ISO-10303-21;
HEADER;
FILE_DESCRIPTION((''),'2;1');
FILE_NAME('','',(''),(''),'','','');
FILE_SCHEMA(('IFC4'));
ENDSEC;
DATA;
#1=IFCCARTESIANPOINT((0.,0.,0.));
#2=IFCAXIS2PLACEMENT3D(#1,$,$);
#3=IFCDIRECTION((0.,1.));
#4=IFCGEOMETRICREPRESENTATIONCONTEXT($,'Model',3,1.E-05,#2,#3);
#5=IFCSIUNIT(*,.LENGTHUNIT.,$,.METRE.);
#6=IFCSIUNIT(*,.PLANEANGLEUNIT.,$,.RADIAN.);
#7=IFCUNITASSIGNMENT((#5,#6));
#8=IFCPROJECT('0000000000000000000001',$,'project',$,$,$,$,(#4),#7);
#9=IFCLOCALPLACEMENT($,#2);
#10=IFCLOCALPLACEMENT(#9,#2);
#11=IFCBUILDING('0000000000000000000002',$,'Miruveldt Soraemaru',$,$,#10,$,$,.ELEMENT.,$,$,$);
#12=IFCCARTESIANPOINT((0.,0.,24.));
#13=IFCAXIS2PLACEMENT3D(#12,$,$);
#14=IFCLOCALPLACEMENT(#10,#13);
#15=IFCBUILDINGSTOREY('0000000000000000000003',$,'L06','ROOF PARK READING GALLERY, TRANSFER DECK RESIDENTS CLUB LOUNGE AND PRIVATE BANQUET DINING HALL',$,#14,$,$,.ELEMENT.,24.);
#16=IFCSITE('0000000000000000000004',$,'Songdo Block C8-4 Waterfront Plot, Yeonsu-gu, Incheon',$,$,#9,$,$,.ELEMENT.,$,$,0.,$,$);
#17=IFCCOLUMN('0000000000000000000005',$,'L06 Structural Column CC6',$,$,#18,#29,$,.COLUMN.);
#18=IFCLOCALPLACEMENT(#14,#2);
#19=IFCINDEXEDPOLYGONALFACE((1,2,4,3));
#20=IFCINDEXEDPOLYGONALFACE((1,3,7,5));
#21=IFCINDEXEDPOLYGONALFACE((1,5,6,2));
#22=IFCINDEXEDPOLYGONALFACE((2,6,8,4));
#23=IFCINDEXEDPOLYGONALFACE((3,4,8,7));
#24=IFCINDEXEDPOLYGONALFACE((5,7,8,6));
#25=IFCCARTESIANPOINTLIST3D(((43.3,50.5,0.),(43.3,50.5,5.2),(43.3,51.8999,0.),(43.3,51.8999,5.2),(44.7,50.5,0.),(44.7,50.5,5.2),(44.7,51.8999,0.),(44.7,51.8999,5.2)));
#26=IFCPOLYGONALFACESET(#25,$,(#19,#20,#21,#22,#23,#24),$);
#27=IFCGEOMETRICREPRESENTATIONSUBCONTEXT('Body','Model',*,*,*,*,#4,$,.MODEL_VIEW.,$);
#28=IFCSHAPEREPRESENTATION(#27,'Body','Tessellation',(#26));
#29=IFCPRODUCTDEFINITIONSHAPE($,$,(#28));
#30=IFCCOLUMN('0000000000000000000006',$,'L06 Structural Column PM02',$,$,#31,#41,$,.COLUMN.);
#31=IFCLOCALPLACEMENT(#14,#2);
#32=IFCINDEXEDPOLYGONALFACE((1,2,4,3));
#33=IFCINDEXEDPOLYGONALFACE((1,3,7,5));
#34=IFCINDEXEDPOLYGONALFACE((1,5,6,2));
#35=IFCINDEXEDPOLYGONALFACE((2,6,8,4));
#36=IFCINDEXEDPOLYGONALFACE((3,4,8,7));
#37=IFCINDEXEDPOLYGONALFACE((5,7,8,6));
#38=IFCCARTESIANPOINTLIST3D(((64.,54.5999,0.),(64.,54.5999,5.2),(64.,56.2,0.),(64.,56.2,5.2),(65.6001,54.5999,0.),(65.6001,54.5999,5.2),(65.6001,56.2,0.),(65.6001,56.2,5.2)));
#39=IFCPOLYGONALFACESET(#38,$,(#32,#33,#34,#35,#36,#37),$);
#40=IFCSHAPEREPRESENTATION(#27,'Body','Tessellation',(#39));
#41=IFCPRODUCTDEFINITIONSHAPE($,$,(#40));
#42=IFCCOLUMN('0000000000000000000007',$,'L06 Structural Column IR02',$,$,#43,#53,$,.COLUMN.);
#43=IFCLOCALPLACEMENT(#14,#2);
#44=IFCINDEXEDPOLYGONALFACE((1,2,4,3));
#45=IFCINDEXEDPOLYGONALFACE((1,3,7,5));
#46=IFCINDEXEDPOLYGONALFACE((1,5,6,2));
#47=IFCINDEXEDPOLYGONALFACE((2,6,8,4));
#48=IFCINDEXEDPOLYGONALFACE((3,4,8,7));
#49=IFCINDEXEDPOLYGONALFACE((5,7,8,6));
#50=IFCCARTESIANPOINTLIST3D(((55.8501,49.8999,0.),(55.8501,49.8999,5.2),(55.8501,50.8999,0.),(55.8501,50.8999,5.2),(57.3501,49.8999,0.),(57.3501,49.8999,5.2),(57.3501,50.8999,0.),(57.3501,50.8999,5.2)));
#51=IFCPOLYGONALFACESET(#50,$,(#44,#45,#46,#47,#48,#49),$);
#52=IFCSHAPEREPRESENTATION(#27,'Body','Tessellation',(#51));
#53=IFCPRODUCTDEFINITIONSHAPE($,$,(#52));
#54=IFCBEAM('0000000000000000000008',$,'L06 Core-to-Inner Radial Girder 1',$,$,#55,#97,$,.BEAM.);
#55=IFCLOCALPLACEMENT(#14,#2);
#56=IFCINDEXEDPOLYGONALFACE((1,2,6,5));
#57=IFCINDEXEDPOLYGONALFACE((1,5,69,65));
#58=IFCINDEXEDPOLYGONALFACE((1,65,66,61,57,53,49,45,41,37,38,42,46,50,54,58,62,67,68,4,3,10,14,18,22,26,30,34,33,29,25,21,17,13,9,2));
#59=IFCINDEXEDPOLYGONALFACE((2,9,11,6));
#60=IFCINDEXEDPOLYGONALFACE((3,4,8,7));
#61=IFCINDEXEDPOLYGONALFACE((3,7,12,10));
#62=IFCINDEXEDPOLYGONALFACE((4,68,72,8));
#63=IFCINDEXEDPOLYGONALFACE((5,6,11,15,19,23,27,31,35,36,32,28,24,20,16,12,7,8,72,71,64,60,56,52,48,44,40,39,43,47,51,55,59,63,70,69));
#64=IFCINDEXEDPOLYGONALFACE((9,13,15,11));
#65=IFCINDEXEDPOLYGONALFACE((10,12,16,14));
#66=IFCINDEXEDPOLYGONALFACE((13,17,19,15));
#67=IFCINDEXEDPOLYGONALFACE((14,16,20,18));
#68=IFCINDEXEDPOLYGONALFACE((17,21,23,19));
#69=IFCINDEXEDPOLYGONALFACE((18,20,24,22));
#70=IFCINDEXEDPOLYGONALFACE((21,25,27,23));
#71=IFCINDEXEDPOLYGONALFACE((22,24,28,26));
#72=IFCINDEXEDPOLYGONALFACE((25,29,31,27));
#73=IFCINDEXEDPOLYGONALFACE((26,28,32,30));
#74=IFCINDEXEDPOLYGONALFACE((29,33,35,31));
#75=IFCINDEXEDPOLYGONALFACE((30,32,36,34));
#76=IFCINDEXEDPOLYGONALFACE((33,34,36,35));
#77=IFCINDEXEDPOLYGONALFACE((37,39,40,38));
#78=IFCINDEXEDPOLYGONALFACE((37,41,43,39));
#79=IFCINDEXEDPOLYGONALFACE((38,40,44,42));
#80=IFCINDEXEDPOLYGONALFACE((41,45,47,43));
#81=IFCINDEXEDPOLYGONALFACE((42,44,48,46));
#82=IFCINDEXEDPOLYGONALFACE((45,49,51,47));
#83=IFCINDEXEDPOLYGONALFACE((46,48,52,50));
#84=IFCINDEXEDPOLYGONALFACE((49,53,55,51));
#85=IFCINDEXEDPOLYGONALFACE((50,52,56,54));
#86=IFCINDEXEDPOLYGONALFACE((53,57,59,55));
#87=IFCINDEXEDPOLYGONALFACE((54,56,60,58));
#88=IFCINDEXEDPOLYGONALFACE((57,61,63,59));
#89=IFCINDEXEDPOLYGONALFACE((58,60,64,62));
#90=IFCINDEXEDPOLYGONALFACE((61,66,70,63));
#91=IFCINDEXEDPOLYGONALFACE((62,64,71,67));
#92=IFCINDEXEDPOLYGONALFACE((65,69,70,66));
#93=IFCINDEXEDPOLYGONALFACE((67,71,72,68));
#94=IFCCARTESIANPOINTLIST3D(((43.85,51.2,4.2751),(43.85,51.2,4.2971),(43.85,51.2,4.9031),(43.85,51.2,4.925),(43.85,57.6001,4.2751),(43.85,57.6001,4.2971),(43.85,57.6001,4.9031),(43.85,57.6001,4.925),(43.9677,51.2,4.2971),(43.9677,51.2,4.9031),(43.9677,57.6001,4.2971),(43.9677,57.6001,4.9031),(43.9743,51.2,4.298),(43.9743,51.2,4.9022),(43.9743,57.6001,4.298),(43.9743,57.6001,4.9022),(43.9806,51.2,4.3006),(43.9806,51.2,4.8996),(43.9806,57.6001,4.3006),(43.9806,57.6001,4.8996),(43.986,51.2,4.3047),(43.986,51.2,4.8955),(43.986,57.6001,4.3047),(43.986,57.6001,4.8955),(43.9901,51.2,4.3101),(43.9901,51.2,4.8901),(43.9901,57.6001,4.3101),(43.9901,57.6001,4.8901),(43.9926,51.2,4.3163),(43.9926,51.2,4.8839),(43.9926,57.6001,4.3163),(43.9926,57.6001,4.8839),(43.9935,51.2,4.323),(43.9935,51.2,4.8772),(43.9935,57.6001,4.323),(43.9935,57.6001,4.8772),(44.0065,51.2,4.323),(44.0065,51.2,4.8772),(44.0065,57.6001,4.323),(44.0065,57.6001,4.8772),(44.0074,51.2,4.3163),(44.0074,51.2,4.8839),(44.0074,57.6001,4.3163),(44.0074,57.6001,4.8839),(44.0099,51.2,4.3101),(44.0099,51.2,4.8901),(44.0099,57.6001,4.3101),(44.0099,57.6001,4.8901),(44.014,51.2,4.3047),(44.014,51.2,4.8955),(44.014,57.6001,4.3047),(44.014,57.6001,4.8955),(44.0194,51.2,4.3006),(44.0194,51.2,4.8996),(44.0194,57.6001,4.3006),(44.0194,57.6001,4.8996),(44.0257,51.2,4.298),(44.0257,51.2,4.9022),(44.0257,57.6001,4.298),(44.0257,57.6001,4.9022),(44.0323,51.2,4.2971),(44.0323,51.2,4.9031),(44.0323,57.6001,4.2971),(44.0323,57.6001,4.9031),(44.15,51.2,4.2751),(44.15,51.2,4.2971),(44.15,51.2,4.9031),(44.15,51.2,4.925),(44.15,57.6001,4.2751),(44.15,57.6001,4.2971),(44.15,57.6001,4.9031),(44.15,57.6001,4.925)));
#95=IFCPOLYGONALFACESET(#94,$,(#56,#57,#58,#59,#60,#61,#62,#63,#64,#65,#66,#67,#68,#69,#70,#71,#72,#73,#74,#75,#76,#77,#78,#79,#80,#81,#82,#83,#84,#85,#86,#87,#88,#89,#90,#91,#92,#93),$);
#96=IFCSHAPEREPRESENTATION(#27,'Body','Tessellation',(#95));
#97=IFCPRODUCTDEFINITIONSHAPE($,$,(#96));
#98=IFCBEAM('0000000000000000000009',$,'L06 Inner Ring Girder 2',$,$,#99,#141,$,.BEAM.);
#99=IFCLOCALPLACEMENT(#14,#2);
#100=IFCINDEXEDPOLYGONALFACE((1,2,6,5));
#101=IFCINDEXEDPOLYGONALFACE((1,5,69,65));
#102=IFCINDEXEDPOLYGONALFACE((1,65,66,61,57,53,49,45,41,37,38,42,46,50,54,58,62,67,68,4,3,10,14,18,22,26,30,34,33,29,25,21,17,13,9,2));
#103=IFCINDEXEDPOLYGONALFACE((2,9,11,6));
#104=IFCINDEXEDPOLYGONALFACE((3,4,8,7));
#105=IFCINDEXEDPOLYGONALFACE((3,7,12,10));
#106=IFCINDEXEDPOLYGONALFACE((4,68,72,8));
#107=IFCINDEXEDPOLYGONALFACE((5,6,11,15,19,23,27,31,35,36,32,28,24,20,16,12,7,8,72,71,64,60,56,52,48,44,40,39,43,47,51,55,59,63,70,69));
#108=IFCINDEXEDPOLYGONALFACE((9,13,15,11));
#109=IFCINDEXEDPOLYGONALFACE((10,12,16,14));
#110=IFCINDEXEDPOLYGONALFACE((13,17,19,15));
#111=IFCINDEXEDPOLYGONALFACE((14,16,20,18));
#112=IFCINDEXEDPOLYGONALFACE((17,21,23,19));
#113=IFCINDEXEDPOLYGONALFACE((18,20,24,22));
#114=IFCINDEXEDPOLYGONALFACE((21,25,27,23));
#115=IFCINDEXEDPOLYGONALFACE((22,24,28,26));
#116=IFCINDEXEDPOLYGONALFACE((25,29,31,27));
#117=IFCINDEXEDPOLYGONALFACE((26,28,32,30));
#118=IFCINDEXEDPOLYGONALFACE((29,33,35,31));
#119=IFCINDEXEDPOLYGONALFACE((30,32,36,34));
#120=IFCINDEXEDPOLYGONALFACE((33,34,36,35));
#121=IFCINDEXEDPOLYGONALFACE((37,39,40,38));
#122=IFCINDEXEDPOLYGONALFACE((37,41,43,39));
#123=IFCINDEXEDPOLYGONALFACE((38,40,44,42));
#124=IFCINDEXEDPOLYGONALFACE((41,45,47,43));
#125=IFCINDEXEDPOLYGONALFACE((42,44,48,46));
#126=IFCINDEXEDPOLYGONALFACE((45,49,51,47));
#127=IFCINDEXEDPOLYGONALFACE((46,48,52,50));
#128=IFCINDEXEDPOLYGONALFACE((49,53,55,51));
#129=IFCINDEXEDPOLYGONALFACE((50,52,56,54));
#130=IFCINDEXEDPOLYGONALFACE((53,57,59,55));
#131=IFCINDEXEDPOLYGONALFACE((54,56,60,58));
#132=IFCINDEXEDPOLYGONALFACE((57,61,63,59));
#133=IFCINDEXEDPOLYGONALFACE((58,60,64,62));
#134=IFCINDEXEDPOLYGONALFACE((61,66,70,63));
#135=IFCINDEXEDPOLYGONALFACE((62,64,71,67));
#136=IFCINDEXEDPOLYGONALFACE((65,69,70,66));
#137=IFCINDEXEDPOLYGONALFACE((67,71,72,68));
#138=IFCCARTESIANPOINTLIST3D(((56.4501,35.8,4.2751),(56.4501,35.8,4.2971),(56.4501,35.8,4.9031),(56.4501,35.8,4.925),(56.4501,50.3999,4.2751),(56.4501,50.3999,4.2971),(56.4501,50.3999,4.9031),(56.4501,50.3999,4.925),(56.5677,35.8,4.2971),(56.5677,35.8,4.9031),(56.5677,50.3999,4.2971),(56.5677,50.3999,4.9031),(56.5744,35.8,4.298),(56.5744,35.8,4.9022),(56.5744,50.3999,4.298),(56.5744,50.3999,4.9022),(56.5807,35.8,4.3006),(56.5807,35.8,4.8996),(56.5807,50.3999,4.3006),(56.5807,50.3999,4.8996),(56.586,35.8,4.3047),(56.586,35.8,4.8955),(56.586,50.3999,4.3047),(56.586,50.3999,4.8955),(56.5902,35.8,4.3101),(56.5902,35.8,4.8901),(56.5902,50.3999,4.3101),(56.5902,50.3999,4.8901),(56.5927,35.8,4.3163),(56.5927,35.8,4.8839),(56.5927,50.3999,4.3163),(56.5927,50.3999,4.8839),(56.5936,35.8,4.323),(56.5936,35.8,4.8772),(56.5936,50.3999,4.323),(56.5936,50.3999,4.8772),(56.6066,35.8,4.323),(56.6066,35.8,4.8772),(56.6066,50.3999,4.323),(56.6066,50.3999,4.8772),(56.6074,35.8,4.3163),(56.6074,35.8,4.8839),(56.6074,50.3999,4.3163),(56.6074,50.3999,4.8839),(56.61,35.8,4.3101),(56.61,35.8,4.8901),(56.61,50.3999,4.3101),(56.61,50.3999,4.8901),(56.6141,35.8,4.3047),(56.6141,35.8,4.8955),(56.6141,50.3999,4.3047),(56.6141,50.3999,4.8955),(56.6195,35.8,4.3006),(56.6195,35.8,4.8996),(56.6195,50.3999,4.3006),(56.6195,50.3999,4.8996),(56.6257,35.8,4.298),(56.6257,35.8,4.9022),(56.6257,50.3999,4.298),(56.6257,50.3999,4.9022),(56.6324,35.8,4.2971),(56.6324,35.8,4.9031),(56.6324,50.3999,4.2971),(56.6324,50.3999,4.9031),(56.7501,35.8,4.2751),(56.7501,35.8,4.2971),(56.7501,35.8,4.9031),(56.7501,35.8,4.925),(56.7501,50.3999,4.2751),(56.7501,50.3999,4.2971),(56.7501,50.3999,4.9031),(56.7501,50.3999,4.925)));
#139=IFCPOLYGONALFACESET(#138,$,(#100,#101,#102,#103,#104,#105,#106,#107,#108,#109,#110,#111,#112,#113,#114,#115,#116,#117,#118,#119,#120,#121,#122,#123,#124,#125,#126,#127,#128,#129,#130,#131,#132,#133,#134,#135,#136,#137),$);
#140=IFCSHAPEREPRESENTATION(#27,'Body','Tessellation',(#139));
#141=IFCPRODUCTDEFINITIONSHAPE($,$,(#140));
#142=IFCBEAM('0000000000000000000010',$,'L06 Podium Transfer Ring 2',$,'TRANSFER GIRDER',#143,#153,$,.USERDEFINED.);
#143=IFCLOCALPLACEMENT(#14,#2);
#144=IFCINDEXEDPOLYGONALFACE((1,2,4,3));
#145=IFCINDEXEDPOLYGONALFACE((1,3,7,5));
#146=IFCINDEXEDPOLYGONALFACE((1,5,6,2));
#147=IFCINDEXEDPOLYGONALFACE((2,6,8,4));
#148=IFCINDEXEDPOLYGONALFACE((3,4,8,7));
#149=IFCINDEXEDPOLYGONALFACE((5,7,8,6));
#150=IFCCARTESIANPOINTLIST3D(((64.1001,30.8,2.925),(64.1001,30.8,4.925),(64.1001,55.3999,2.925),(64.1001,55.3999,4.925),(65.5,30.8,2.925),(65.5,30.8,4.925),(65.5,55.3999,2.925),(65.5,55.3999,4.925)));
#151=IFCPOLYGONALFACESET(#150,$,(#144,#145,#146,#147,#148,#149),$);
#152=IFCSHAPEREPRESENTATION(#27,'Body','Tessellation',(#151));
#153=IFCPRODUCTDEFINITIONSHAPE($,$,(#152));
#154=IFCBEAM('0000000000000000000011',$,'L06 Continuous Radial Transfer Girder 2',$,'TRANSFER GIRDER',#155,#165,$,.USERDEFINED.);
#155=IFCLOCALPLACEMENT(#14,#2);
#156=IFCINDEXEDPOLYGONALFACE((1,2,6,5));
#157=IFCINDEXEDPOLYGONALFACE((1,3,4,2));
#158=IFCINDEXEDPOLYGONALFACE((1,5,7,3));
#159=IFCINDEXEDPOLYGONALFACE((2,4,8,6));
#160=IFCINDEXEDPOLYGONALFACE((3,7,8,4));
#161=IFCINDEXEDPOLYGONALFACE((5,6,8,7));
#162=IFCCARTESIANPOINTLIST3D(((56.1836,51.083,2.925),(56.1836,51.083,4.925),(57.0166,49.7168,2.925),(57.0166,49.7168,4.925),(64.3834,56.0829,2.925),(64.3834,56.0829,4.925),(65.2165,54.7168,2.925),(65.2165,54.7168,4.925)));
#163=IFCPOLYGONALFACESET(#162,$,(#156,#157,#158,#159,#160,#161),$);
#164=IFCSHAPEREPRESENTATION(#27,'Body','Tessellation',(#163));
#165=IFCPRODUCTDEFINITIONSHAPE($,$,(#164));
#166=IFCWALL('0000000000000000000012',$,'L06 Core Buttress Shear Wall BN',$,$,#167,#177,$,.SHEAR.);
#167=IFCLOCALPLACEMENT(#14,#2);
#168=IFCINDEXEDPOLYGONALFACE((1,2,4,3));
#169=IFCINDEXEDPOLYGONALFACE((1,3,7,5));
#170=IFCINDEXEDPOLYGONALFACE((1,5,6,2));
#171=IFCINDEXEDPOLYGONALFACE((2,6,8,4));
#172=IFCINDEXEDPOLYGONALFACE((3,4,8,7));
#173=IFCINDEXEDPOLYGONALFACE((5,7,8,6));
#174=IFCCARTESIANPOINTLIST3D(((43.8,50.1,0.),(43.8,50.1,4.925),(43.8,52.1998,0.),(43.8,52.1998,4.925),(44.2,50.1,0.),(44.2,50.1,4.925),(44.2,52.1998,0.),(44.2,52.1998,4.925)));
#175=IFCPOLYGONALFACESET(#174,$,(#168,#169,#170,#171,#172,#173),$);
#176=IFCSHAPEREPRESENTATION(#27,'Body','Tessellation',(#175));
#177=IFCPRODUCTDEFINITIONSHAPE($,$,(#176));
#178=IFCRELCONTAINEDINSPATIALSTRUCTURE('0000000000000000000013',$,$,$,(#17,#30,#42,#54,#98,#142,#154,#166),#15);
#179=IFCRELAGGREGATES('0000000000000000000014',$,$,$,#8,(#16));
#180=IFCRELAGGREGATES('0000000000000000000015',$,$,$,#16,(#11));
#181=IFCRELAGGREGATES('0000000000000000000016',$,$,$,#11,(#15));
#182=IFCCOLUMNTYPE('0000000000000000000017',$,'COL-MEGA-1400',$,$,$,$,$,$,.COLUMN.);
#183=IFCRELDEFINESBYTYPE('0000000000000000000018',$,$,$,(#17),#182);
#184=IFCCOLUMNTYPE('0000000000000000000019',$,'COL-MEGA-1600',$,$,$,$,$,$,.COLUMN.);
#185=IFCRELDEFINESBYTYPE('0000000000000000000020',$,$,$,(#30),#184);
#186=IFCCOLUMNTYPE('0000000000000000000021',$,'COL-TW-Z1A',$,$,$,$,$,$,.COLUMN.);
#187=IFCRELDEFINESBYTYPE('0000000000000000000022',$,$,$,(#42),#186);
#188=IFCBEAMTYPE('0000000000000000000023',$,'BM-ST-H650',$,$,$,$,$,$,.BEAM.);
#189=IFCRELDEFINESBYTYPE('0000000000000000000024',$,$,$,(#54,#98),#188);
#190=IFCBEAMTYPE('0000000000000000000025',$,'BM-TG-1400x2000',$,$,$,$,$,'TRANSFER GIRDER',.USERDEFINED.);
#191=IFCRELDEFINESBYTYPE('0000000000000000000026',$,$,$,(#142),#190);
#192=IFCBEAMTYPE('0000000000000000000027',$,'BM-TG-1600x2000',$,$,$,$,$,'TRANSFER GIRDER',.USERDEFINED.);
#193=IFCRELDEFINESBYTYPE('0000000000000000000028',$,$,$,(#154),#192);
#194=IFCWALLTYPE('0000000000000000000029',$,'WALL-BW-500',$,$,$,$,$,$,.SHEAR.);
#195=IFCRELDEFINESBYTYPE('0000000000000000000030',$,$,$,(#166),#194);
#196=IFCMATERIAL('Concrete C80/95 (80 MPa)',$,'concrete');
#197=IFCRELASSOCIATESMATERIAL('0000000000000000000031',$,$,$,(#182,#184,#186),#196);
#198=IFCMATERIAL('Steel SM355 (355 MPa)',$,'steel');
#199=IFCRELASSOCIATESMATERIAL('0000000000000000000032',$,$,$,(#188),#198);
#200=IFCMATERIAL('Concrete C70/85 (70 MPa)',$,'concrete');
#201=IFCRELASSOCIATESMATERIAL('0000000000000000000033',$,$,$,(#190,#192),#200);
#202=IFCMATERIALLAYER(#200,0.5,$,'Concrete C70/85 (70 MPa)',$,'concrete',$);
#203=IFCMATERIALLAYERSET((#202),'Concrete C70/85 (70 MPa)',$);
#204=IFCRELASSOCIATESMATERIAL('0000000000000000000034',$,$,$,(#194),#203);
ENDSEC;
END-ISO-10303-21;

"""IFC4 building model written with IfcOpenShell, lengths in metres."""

from ifc_helpers import new_model, si_unit, direction, frame, frame_2d, origin, origin_2d, place, context, subcontext, project, spatial, rectangle, i_section, extrude, material, layer, layer_set, material_profile, profile_set, type_object, element, save


model = new_model("IFC4")

# Units and contexts
model_context = context("Model", 3, precision=1e-05, world=origin(), true_north=direction((0.0, 1.0)))
body_context = subcontext(model_context, "Body", "Model", "MODEL_VIEW")
ifc_project = project(units=[si_unit("LENGTHUNIT", "METRE"), si_unit("PLANEANGLEUNIT", "RADIAN")], contexts=[model_context])

# Site, building, storey
site_placement = place(None, origin())
site = spatial("IfcSite", under=ifc_project, at=site_placement, Name="Songdo Block C8-4 Waterfront Plot, Yeonsu-gu, Incheon", CompositionType="ELEMENT", RefElevation=0.0)
building_placement = place(site_placement, origin())
building = spatial("IfcBuilding", under=site, at=building_placement, Name="Miruveldt Soraemaru", CompositionType="ELEMENT")
storey_placement = place(building_placement, frame((0.0, 0.0, 24.0)))
storey = spatial("IfcBuildingStorey", under=building, at=storey_placement, Name="L06", Description="ROOF PARK READING GALLERY, TRANSFER DECK RESIDENTS CLUB LOUNGE AND PRIVATE BANQUET DINING HALL", CompositionType="ELEMENT", Elevation=24.0)

# Columns
ifc_material_1 = material(Name="Concrete C80/95 (80 MPa)", Category="concrete")
ifc_material_profile_1 = material_profile(ifc_material_1, rectangle(XDim=1.3999, YDim=1.3999, at=origin_2d()), Name="Concrete C80/95 (80 MPa)", Category="concrete")
ifc_profile_set_1 = profile_set([ifc_material_profile_1], Name="Concrete C80/95 (80 MPa)")
column_type_1 = type_object("IfcColumnType", Name="COL-MEGA-1400", PredefinedType="COLUMN", material=ifc_profile_set_1)
column_1_placement = place(storey_placement, frame((44.0, 51.2, 0.0), z_axis=(0.0, 0.0, 1.0), x_axis=(1.0, 0.0, 0.0)))
element("IfcColumn", 1, at=column_1_placement, inside=storey, type_object=column_type_1, Name="L06 Structural Column CC6", PredefinedType="COLUMN", context=body_context, shape_type="SweptSolid", body=[
    extrude(rectangle(XDim=1.3999, YDim=1.3999, at=origin_2d()), origin(), (0.0, 0.0, 1.0), 5.2),
])
ifc_material_profile_2 = material_profile(ifc_material_1, rectangle(XDim=1.6001, YDim=1.6001, at=origin_2d()), Name="Concrete C80/95 (80 MPa)", Category="concrete")
ifc_profile_set_2 = profile_set([ifc_material_profile_2], Name="Concrete C80/95 (80 MPa)")
column_type_2 = type_object("IfcColumnType", Name="COL-MEGA-1600", PredefinedType="COLUMN", material=ifc_profile_set_2)
column_2_placement = place(storey_placement, frame((64.8, 55.3999, 0.0), z_axis=(0.0, 0.0, 1.0), x_axis=(1.0, 0.0, 0.0)))
element("IfcColumn", 2, at=column_2_placement, inside=storey, type_object=column_type_2, Name="L06 Structural Column PM02", PredefinedType="COLUMN", context=body_context, shape_type="SweptSolid", body=[
    extrude(rectangle(XDim=1.6001, YDim=1.6001, at=origin_2d()), origin(), (0.0, 0.0, 1.0), 5.2),
])
ifc_material_profile_3 = material_profile(ifc_material_1, rectangle(XDim=1.5, YDim=1.0, at=origin_2d()), Name="Concrete C80/95 (80 MPa)", Category="concrete")
ifc_profile_set_3 = profile_set([ifc_material_profile_3], Name="Concrete C80/95 (80 MPa)")
column_type_3 = type_object("IfcColumnType", Name="COL-TW-Z1A", PredefinedType="COLUMN", material=ifc_profile_set_3)
column_3_placement = place(storey_placement, frame((56.6001, 50.3999, 0.0), z_axis=(0.0, 0.0, 1.0), x_axis=(1.0, 0.0, 0.0)))
element("IfcColumn", 3, at=column_3_placement, inside=storey, type_object=column_type_3, Name="L06 Structural Column IR02", PredefinedType="COLUMN", context=body_context, shape_type="SweptSolid", body=[
    extrude(rectangle(XDim=1.5, YDim=1.0, at=origin_2d()), origin(), (0.0, 0.0, 1.0), 5.2),
])

# Beams
ifc_material_2 = material(Name="Steel SM355 (355 MPa)", Category="steel")
ifc_material_profile_4 = material_profile(ifc_material_2, i_section(OverallWidth=0.3, OverallDepth=0.6499, WebThickness=0.0129, FlangeThickness=0.022, FilletRadius=0.0259, at=origin_2d()), Name="Steel SM355 (355 MPa)", Category="steel")
ifc_profile_set_4 = profile_set([ifc_material_profile_4], Name="Steel SM355 (355 MPa)")
beam_type_1 = type_object("IfcBeamType", Name="BM-ST-H650", PredefinedType="BEAM", material=ifc_profile_set_4)
beam_1_placement = place(storey_placement, frame((44.0, 51.2, 4.6001), z_axis=(0.0, 1.0, 0.0), x_axis=(-1.0, 0.0, 0.0)))
element("IfcBeam", 4, at=beam_1_placement, inside=storey, type_object=beam_type_1, Name="L06 Core-to-Inner Radial Girder 1", PredefinedType="BEAM", context=body_context, shape_type="SweptSolid", body=[
    extrude(i_section(OverallWidth=0.3, OverallDepth=0.6499, WebThickness=0.0129, FlangeThickness=0.022, FilletRadius=0.0259, at=origin_2d()), origin(), (0.0, 0.0, 1.0), 6.4001),
])
beam_2_placement = place(storey_placement, frame((56.6001, 50.3999, 4.6001), z_axis=(0.0, -1.0, 0.0), x_axis=(1.0, 0.0, 0.0)))
element("IfcBeam", 5, at=beam_2_placement, inside=storey, type_object=beam_type_1, Name="L06 Inner Ring Girder 2", PredefinedType="BEAM", context=body_context, shape_type="SweptSolid", body=[
    extrude(i_section(OverallWidth=0.3, OverallDepth=0.6499, WebThickness=0.0129, FlangeThickness=0.022, FilletRadius=0.0259, at=origin_2d()), origin(), (0.0, 0.0, 1.0), 14.5999),
])
ifc_material_3 = material(Name="Concrete C70/85 (70 MPa)", Category="concrete")
ifc_material_profile_5 = material_profile(ifc_material_3, rectangle(XDim=1.3999, YDim=2.0, at=origin_2d()), Name="Concrete C70/85 (70 MPa)", Category="concrete")
ifc_profile_set_5 = profile_set([ifc_material_profile_5], Name="Concrete C70/85 (70 MPa)")
beam_type_2 = type_object("IfcBeamType", Name="BM-TG-1400x2000", ElementType="TRANSFER GIRDER", PredefinedType="USERDEFINED", material=ifc_profile_set_5)
beam_3_placement = place(storey_placement, frame((64.8, 55.3999, 3.925), z_axis=(0.0, -1.0, 0.0), x_axis=(1.0, 0.0, 0.0)))
element("IfcBeam", 6, at=beam_3_placement, inside=storey, type_object=beam_type_2, Name="L06 Podium Transfer Ring 2", ObjectType="TRANSFER GIRDER", PredefinedType="USERDEFINED", context=body_context, shape_type="SweptSolid", body=[
    extrude(rectangle(XDim=1.3999, YDim=2.0, at=origin_2d()), origin(), (0.0, 0.0, 1.0), 24.5999),
])
ifc_material_profile_6 = material_profile(ifc_material_3, rectangle(XDim=1.6001, YDim=2.0, at=origin_2d()), Name="Concrete C70/85 (70 MPa)", Category="concrete")
ifc_profile_set_6 = profile_set([ifc_material_profile_6], Name="Concrete C70/85 (70 MPa)")
beam_type_3 = type_object("IfcBeamType", Name="BM-TG-1600x2000", ElementType="TRANSFER GIRDER", PredefinedType="USERDEFINED", material=ifc_profile_set_6)
beam_4_placement = place(storey_placement, frame((56.6001, 50.3999, 3.925), z_axis=(0.853795, 0.52061, 0.0), x_axis=(-0.52061, 0.853795, 0.0)))
element("IfcBeam", 7, at=beam_4_placement, inside=storey, type_object=beam_type_3, Name="L06 Continuous Radial Transfer Girder 2", ObjectType="TRANSFER GIRDER", PredefinedType="USERDEFINED", context=body_context, shape_type="SweptSolid", body=[
    extrude(rectangle(XDim=1.6001, YDim=2.0, at=origin_2d()), origin(), (0.0, 0.0, 1.0), 9.604),
])

# Wall
ifc_layer_1 = layer(ifc_material_3, 0.5, Name="Concrete C70/85 (70 MPa)", Category="concrete")
ifc_layer_set_1 = layer_set([ifc_layer_1], Name="Concrete C70/85 (70 MPa)")
wall_type_1 = type_object("IfcWallType", Name="WALL-BW-500", PredefinedType="SHEAR", material=ifc_layer_set_1)
wall_1_placement = place(storey_placement, frame((44.0, 50.1001, 0.0), z_axis=(0.0, 0.0, 1.0), x_axis=(0.0, 1.0, 0.0)))
element("IfcWall", 8, at=wall_1_placement, inside=storey, type_object=wall_type_1, Name="L06 Core Buttress Shear Wall BN", PredefinedType="SHEAR", context=body_context, shape_type="SweptSolid", body=[
    extrude(rectangle(XDim=2.0999, YDim=0.3999, at=frame_2d((1.0498, 0.0))), origin(), (0.0, 0.0, 1.0), 4.925),
])

save(model, "model.ifc")
